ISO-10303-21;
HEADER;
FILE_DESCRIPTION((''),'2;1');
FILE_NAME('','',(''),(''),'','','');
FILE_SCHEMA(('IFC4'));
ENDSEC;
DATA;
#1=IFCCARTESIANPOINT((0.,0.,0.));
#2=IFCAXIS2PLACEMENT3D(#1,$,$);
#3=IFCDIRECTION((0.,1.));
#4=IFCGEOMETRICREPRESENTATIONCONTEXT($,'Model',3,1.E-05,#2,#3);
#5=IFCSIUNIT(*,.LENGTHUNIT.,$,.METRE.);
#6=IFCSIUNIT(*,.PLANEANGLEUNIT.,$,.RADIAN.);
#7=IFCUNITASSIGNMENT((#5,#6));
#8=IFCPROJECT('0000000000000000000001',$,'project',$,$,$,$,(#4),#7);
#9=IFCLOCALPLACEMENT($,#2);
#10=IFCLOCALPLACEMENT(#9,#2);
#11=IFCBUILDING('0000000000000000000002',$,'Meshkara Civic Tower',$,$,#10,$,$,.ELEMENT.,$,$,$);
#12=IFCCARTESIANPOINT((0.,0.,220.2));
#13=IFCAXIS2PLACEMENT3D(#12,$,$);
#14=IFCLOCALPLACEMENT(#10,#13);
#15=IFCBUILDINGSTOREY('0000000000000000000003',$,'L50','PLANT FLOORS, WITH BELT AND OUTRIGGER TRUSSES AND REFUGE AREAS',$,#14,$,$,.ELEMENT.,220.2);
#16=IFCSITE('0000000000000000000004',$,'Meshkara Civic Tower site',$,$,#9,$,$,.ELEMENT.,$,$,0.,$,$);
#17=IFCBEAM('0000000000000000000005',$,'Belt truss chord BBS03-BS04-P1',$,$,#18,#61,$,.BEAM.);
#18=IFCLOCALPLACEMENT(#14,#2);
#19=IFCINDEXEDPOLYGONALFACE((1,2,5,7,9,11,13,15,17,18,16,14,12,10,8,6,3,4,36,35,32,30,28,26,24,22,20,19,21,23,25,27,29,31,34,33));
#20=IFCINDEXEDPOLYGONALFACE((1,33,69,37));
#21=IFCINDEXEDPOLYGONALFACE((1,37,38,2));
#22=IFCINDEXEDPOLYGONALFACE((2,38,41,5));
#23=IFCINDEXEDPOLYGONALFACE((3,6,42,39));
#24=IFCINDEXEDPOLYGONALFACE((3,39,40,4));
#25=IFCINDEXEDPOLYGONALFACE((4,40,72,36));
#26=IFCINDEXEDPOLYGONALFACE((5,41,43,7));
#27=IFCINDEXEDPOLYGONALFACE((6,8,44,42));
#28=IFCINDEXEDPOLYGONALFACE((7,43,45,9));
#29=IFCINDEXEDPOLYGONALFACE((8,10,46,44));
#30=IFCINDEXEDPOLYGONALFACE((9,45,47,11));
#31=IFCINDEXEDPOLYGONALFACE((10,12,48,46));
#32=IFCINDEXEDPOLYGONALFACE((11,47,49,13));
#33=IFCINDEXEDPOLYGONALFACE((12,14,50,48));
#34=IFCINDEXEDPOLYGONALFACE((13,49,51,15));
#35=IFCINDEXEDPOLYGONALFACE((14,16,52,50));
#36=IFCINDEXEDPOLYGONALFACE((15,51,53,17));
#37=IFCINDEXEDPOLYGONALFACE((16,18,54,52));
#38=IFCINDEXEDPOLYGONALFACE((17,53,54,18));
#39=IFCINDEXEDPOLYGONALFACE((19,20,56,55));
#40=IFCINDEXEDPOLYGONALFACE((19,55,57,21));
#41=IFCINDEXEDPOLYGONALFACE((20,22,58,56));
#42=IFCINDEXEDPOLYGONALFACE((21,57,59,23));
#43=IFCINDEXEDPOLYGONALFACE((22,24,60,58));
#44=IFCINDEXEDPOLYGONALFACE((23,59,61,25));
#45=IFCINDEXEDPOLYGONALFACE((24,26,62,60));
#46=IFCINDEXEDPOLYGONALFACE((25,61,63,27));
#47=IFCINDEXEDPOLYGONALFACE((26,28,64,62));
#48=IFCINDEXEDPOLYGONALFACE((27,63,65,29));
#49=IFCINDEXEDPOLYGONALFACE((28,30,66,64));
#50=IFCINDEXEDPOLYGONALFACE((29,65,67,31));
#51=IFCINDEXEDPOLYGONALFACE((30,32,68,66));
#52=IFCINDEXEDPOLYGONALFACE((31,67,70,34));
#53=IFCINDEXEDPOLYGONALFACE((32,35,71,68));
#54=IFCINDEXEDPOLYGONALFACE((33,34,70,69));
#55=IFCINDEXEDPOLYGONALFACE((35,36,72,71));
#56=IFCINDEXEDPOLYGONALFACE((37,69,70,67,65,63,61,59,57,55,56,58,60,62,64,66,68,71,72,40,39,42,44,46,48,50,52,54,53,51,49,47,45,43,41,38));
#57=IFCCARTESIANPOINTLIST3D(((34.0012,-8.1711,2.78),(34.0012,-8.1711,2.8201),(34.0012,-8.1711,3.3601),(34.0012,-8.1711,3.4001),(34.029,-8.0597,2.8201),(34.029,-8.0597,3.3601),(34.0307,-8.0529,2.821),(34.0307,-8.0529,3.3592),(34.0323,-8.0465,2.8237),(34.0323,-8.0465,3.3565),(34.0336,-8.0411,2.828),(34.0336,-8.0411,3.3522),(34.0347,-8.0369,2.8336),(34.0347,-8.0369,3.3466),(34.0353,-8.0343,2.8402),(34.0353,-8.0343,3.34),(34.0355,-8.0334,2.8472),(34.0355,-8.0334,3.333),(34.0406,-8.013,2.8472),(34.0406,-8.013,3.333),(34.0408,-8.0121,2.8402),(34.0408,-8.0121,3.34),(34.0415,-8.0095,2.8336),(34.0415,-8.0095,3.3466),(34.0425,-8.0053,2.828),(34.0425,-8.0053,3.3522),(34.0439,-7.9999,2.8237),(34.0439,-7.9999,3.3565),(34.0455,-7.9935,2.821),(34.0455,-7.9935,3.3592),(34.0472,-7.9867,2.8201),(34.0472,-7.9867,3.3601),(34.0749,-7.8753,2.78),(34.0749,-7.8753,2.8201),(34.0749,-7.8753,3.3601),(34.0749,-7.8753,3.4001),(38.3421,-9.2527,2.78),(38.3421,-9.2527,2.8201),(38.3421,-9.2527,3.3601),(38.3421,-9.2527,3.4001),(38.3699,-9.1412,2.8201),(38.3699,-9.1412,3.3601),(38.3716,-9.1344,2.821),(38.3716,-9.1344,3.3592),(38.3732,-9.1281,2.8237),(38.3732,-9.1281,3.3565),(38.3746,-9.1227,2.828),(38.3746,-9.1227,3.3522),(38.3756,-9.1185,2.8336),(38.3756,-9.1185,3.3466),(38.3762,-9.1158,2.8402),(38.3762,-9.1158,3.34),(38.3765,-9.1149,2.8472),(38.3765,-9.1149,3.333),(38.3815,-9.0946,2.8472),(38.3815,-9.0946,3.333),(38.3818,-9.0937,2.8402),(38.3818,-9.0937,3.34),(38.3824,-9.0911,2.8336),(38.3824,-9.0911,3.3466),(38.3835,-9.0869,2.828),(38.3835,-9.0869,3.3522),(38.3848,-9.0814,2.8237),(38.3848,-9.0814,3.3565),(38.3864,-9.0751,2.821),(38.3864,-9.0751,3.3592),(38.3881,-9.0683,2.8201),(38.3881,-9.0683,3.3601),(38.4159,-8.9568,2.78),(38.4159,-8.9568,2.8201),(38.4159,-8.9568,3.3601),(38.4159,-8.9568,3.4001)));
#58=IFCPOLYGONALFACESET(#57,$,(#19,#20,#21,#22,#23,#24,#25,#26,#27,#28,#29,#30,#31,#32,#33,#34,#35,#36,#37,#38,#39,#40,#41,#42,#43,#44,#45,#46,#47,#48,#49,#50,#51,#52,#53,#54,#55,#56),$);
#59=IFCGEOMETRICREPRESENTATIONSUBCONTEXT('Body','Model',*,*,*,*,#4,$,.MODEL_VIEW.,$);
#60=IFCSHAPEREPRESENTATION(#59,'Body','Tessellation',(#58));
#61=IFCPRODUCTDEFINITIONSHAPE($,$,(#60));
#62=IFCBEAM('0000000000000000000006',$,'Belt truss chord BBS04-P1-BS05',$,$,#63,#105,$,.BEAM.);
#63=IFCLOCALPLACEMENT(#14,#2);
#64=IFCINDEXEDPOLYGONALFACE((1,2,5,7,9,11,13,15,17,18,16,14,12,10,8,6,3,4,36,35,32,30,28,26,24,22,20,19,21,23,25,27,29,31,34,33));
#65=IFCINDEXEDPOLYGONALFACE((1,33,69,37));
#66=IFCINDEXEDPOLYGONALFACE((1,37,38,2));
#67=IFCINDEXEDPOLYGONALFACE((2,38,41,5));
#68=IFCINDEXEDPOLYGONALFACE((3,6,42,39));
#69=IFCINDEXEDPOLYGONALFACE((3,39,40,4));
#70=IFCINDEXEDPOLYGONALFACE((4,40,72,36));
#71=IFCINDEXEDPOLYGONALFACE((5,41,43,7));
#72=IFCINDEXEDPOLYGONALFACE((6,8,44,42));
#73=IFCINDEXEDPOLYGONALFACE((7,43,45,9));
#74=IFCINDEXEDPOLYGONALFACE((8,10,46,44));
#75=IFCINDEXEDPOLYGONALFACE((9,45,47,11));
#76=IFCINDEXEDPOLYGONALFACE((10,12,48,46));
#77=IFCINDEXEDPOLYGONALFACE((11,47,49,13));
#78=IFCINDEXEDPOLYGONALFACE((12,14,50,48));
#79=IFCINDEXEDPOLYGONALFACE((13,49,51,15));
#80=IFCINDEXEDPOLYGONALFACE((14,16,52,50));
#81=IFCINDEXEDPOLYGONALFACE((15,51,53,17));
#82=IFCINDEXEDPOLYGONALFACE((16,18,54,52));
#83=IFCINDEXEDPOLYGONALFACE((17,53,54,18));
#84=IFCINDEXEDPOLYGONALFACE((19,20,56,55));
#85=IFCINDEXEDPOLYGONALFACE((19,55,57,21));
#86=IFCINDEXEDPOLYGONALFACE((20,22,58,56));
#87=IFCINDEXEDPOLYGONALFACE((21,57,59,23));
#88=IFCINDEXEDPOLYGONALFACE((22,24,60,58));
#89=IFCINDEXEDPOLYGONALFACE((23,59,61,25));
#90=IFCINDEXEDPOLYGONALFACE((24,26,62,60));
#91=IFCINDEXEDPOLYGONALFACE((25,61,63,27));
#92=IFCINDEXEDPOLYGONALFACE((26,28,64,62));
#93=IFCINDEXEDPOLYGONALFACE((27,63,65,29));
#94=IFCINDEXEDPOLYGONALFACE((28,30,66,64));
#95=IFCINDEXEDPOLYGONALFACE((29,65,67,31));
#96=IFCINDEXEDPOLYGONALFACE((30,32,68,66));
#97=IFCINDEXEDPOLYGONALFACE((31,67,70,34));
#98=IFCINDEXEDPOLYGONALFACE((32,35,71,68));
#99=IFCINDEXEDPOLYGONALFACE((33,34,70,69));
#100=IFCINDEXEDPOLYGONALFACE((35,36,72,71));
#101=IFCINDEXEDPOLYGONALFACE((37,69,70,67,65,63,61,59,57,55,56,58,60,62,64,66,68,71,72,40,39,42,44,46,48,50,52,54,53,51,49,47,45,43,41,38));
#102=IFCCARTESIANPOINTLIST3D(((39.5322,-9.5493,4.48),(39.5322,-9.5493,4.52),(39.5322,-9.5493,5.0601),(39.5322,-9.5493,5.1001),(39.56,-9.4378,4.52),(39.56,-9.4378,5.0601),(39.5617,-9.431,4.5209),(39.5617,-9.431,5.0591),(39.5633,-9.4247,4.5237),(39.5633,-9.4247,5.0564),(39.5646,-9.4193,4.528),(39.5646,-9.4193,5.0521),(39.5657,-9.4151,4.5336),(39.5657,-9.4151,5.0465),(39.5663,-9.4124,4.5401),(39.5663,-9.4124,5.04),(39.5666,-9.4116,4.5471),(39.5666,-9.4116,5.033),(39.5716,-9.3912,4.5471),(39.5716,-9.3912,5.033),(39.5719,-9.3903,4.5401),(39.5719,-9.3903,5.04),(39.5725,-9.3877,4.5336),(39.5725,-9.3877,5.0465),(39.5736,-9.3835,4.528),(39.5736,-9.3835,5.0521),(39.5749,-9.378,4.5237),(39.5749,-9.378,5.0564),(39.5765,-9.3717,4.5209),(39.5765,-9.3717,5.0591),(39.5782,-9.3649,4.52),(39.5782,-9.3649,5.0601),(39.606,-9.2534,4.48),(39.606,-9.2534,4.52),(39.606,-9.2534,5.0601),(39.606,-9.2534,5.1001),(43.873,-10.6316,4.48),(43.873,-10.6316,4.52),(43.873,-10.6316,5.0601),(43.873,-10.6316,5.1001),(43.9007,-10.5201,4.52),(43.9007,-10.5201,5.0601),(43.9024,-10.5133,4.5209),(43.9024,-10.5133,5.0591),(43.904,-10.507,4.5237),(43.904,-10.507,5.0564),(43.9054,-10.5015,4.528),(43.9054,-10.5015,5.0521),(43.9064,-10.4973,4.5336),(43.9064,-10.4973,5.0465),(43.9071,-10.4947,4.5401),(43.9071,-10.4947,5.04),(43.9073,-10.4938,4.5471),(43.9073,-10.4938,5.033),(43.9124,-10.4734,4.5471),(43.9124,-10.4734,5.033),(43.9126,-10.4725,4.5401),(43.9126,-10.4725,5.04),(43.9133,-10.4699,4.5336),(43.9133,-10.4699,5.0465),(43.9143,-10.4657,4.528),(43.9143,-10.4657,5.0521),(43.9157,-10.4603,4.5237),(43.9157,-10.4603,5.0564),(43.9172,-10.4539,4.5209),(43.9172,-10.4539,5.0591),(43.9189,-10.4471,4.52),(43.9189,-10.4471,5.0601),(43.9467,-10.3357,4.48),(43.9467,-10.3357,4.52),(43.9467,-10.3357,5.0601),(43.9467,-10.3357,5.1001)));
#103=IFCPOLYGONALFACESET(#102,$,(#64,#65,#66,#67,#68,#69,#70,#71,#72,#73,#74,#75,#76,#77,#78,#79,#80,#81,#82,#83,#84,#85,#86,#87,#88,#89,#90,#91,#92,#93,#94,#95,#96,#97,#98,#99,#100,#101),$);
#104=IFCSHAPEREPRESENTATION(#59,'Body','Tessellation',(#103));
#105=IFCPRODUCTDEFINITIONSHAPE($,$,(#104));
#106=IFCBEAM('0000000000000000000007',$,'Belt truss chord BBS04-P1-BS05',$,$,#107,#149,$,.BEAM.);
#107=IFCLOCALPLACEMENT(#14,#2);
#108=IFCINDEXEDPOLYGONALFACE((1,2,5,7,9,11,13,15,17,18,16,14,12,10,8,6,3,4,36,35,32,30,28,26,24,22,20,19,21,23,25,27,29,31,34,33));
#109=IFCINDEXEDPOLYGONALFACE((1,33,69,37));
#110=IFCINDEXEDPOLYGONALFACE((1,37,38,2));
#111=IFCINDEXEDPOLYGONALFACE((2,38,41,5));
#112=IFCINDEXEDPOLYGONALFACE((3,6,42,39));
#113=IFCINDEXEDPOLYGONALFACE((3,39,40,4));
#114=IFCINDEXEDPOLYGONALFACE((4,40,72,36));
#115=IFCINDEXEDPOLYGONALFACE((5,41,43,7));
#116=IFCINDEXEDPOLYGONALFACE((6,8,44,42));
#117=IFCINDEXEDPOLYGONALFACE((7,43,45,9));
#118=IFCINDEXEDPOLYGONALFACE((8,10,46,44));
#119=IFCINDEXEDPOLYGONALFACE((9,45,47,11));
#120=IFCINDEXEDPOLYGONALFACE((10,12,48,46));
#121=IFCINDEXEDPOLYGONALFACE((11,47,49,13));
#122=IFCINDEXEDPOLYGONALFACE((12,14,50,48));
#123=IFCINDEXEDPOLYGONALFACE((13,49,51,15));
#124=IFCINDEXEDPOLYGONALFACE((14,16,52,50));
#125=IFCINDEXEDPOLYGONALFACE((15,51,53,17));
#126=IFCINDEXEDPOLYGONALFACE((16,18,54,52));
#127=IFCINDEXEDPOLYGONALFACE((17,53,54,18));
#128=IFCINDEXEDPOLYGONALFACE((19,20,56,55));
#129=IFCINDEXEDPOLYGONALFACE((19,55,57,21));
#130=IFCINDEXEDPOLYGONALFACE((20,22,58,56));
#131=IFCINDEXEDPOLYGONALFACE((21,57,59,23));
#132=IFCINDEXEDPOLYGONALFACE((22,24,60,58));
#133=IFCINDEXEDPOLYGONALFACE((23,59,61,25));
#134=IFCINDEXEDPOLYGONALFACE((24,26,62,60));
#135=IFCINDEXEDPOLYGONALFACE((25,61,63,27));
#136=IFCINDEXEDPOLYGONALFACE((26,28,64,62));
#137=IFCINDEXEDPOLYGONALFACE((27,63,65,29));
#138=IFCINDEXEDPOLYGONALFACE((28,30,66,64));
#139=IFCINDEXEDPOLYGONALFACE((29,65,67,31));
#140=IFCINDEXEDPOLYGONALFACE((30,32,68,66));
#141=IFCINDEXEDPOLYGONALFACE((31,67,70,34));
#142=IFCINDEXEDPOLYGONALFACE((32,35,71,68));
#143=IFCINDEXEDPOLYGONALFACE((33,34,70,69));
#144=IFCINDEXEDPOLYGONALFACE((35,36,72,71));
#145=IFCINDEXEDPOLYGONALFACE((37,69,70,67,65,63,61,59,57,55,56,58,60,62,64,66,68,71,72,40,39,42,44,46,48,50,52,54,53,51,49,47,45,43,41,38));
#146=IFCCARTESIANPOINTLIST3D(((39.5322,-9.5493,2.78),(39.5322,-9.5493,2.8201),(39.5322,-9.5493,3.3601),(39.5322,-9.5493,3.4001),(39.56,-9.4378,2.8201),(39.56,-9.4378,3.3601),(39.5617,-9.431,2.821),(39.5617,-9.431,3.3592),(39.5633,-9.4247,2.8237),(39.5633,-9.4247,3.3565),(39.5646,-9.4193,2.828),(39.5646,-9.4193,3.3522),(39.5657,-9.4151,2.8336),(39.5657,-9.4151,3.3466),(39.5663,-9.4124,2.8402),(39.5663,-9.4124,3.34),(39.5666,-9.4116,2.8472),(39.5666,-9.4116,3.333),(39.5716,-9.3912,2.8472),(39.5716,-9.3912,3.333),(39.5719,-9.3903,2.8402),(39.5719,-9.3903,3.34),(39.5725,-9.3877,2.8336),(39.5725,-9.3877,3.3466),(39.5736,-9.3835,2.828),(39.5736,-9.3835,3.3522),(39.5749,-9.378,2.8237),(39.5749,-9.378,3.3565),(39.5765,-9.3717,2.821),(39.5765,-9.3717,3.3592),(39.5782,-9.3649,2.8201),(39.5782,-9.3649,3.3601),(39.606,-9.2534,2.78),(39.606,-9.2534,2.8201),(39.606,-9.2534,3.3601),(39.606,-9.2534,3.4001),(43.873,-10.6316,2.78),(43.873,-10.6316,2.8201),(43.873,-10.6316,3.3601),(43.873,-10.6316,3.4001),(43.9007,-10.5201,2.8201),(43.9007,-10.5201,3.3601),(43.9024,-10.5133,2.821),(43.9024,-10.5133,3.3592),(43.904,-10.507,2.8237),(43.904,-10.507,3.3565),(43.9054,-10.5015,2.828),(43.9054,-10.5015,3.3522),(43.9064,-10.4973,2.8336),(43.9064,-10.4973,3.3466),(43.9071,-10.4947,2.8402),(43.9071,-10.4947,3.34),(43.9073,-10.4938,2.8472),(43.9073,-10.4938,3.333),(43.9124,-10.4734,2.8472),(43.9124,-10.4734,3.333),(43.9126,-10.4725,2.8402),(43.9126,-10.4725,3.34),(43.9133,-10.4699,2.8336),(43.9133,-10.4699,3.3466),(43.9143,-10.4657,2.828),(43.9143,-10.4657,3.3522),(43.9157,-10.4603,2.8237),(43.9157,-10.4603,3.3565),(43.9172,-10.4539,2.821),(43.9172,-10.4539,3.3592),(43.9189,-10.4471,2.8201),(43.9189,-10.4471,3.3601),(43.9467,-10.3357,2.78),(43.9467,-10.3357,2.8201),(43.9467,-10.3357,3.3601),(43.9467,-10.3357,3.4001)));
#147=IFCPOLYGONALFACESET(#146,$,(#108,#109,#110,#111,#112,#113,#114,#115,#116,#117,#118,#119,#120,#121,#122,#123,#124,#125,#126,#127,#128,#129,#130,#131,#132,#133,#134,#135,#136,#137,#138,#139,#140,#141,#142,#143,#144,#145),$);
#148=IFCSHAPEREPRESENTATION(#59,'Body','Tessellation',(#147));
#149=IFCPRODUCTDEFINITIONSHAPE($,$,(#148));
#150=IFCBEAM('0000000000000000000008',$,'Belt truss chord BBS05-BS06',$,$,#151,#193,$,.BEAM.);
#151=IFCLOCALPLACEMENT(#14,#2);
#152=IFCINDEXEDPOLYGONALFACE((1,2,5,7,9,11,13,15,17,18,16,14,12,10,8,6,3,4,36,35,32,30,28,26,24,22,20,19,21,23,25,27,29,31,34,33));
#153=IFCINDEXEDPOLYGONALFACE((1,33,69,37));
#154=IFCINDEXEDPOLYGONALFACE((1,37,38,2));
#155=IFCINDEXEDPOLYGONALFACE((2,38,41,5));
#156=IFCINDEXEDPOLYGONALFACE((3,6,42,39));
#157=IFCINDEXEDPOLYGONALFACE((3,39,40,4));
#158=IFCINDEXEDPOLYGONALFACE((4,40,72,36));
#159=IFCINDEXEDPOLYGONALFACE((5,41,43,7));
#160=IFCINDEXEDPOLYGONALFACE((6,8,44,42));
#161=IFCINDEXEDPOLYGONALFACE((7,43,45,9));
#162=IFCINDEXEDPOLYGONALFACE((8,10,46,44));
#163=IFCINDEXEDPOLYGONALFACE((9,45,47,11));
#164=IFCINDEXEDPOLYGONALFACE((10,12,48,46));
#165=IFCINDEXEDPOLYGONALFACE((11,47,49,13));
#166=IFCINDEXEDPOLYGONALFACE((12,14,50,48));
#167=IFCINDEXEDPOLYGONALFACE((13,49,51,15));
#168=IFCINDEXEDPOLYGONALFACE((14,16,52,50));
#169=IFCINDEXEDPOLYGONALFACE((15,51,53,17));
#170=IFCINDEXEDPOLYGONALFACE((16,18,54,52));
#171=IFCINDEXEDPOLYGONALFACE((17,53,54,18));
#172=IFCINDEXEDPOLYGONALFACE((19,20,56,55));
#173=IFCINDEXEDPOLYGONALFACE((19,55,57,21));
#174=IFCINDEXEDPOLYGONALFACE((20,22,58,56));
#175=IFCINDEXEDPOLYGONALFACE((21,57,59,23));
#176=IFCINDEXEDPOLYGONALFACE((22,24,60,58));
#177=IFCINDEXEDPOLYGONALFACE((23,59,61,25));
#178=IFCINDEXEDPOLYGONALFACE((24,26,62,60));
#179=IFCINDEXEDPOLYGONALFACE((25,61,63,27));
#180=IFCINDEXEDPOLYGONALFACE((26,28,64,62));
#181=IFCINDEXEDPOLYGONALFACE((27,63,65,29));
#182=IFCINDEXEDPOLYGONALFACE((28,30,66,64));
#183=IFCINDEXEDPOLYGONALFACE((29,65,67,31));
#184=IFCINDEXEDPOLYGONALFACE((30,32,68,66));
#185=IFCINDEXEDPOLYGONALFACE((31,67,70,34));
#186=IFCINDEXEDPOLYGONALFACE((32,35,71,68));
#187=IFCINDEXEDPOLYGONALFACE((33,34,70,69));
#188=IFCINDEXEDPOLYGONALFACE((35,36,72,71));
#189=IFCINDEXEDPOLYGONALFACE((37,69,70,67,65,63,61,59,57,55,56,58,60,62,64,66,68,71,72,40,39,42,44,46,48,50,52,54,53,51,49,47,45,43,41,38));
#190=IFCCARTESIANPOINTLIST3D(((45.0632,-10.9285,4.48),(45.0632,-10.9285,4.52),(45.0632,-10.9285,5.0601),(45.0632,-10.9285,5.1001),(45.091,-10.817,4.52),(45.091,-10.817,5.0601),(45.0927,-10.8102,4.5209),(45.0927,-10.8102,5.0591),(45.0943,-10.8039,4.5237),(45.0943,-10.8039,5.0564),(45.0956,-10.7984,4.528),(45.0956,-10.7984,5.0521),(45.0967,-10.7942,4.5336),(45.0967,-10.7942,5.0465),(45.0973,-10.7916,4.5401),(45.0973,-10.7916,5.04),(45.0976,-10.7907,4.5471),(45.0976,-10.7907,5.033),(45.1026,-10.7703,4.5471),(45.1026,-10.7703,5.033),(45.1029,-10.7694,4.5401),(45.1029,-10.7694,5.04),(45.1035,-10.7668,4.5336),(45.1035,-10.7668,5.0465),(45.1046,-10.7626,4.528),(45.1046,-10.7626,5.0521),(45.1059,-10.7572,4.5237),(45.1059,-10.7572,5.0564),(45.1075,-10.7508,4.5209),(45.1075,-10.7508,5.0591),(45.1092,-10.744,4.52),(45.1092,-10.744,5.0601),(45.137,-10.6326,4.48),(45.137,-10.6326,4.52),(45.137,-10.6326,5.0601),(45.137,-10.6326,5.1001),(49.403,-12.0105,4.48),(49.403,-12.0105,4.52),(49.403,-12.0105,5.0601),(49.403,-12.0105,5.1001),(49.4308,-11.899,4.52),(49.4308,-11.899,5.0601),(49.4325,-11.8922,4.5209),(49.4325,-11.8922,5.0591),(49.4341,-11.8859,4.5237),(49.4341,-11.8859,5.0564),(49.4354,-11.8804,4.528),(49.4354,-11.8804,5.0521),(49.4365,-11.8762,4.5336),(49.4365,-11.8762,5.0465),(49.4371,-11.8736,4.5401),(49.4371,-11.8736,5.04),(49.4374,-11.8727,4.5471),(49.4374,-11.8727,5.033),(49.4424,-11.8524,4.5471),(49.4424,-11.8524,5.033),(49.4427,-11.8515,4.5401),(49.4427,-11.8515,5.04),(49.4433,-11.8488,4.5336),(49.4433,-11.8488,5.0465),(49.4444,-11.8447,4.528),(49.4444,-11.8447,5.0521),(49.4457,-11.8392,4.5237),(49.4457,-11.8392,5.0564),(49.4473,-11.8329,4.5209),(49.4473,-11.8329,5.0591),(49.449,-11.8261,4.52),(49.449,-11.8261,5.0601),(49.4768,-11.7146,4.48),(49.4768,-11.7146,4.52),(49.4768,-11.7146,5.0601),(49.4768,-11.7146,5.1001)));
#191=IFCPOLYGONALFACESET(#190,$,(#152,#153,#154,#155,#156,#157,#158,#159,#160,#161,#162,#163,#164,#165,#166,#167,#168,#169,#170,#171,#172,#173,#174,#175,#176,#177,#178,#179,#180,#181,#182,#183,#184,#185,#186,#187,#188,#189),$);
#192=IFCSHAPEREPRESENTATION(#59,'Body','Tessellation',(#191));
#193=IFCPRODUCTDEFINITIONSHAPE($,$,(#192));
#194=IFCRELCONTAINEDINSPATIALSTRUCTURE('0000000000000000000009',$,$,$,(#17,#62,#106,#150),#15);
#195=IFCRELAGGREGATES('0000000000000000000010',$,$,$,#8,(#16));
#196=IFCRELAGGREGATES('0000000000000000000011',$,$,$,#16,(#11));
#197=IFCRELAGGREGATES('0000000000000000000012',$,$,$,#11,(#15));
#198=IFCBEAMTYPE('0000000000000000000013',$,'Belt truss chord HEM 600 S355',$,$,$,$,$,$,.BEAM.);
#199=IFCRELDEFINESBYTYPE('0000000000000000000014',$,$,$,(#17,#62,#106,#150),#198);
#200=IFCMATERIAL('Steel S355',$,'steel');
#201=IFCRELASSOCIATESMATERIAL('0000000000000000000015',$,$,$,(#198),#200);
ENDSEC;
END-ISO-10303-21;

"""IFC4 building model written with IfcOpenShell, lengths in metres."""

from ifc_helpers import new_model, si_unit, direction, frame, origin, origin_2d, place, context, subcontext, project, spatial, i_section, extrude, material, material_profile, profile_set, type_object, element, save


model = new_model("IFC4")

# Units and contexts
model_context = context("Model", 3, precision=1e-05, world=origin(), true_north=direction((0.0, 1.0)))
body_context = subcontext(model_context, "Body", "Model", "MODEL_VIEW")
ifc_project = project(units=[si_unit("LENGTHUNIT", "METRE"), si_unit("PLANEANGLEUNIT", "RADIAN")], contexts=[model_context])

# Site, building, storey
site_placement = place(None, origin())
site = spatial("IfcSite", under=ifc_project, at=site_placement, Name="Meshkara Civic Tower site", CompositionType="ELEMENT", RefElevation=0.0)
building_placement = place(site_placement, origin())
building = spatial("IfcBuilding", under=site, at=building_placement, Name="Meshkara Civic Tower", CompositionType="ELEMENT")
storey_placement = place(building_placement, frame((0.0, 0.0, 220.2)))
storey = spatial("IfcBuildingStorey", under=building, at=storey_placement, Name="L50", Description="PLANT FLOORS, WITH BELT AND OUTRIGGER TRUSSES AND REFUGE AREAS", CompositionType="ELEMENT", Elevation=220.2)

# Beams
ifc_material_1 = material(Name="Steel S355", Category="steel")
ifc_material_profile_1 = material_profile(ifc_material_1, i_section(OverallWidth=0.3049, OverallDepth=0.6201, WebThickness=0.021, FlangeThickness=0.04, FilletRadius=0.0271, at=origin_2d()))
ifc_profile_set_1 = profile_set([ifc_material_profile_1], Name="Steel S355")
beam_type_1 = type_object("IfcBeamType", Name="Belt truss chord HEM 600 S355", PredefinedType="BEAM", material=ifc_profile_set_1)
for number, where, z_axis, x_axis, name in (
    (1, (34.0381, -8.0232, 3.0901), (0.970335, -0.241765, 0.0), (0.241765, 0.970335, 0.0), "Belt truss chord BBS03-BS04-P1"),
    (2, (39.5691, -9.4014, 4.79), (0.970296, -0.241919, 0.0), (0.241919, 0.970296, 0.0), "Belt truss chord BBS04-P1-BS05"),
    (3, (39.5691, -9.4014, 3.0901), (0.970296, -0.241919, 0.0), (0.241919, 0.970296, 0.0), "Belt truss chord BBS04-P1-BS05"),
):
    element("IfcBeam", number, at=place(storey_placement, frame(where, z_axis=z_axis, x_axis=x_axis)), inside=storey, type_object=beam_type_1, Name=name, PredefinedType="BEAM", context=body_context, shape_type="SweptSolid", body=[
        extrude(i_section(OverallWidth=0.3049, OverallDepth=0.6201, WebThickness=0.021, FlangeThickness=0.04, FilletRadius=0.0271, at=origin_2d()), origin(), (0.0, 0.0, 1.0), 4.4736),
    ])
for number, where, z_axis, x_axis, name in (
    (4, (45.1001, -10.7805, 4.79), (0.970296, -0.241919, 0.0), (0.241919, 0.970296, 0.0), "Belt truss chord BBS05-BS06"),
):
    element("IfcBeam", number, at=place(storey_placement, frame(where, z_axis=z_axis, x_axis=x_axis)), inside=storey, type_object=beam_type_1, Name=name, PredefinedType="BEAM", context=body_context, shape_type="SweptSolid", body=[
        extrude(i_section(OverallWidth=0.3049, OverallDepth=0.6201, WebThickness=0.021, FlangeThickness=0.04, FilletRadius=0.0271, at=origin_2d()), origin(), (0.0, 0.0, 1.0), 4.4727),
    ])

save(model, "model.ifc")
